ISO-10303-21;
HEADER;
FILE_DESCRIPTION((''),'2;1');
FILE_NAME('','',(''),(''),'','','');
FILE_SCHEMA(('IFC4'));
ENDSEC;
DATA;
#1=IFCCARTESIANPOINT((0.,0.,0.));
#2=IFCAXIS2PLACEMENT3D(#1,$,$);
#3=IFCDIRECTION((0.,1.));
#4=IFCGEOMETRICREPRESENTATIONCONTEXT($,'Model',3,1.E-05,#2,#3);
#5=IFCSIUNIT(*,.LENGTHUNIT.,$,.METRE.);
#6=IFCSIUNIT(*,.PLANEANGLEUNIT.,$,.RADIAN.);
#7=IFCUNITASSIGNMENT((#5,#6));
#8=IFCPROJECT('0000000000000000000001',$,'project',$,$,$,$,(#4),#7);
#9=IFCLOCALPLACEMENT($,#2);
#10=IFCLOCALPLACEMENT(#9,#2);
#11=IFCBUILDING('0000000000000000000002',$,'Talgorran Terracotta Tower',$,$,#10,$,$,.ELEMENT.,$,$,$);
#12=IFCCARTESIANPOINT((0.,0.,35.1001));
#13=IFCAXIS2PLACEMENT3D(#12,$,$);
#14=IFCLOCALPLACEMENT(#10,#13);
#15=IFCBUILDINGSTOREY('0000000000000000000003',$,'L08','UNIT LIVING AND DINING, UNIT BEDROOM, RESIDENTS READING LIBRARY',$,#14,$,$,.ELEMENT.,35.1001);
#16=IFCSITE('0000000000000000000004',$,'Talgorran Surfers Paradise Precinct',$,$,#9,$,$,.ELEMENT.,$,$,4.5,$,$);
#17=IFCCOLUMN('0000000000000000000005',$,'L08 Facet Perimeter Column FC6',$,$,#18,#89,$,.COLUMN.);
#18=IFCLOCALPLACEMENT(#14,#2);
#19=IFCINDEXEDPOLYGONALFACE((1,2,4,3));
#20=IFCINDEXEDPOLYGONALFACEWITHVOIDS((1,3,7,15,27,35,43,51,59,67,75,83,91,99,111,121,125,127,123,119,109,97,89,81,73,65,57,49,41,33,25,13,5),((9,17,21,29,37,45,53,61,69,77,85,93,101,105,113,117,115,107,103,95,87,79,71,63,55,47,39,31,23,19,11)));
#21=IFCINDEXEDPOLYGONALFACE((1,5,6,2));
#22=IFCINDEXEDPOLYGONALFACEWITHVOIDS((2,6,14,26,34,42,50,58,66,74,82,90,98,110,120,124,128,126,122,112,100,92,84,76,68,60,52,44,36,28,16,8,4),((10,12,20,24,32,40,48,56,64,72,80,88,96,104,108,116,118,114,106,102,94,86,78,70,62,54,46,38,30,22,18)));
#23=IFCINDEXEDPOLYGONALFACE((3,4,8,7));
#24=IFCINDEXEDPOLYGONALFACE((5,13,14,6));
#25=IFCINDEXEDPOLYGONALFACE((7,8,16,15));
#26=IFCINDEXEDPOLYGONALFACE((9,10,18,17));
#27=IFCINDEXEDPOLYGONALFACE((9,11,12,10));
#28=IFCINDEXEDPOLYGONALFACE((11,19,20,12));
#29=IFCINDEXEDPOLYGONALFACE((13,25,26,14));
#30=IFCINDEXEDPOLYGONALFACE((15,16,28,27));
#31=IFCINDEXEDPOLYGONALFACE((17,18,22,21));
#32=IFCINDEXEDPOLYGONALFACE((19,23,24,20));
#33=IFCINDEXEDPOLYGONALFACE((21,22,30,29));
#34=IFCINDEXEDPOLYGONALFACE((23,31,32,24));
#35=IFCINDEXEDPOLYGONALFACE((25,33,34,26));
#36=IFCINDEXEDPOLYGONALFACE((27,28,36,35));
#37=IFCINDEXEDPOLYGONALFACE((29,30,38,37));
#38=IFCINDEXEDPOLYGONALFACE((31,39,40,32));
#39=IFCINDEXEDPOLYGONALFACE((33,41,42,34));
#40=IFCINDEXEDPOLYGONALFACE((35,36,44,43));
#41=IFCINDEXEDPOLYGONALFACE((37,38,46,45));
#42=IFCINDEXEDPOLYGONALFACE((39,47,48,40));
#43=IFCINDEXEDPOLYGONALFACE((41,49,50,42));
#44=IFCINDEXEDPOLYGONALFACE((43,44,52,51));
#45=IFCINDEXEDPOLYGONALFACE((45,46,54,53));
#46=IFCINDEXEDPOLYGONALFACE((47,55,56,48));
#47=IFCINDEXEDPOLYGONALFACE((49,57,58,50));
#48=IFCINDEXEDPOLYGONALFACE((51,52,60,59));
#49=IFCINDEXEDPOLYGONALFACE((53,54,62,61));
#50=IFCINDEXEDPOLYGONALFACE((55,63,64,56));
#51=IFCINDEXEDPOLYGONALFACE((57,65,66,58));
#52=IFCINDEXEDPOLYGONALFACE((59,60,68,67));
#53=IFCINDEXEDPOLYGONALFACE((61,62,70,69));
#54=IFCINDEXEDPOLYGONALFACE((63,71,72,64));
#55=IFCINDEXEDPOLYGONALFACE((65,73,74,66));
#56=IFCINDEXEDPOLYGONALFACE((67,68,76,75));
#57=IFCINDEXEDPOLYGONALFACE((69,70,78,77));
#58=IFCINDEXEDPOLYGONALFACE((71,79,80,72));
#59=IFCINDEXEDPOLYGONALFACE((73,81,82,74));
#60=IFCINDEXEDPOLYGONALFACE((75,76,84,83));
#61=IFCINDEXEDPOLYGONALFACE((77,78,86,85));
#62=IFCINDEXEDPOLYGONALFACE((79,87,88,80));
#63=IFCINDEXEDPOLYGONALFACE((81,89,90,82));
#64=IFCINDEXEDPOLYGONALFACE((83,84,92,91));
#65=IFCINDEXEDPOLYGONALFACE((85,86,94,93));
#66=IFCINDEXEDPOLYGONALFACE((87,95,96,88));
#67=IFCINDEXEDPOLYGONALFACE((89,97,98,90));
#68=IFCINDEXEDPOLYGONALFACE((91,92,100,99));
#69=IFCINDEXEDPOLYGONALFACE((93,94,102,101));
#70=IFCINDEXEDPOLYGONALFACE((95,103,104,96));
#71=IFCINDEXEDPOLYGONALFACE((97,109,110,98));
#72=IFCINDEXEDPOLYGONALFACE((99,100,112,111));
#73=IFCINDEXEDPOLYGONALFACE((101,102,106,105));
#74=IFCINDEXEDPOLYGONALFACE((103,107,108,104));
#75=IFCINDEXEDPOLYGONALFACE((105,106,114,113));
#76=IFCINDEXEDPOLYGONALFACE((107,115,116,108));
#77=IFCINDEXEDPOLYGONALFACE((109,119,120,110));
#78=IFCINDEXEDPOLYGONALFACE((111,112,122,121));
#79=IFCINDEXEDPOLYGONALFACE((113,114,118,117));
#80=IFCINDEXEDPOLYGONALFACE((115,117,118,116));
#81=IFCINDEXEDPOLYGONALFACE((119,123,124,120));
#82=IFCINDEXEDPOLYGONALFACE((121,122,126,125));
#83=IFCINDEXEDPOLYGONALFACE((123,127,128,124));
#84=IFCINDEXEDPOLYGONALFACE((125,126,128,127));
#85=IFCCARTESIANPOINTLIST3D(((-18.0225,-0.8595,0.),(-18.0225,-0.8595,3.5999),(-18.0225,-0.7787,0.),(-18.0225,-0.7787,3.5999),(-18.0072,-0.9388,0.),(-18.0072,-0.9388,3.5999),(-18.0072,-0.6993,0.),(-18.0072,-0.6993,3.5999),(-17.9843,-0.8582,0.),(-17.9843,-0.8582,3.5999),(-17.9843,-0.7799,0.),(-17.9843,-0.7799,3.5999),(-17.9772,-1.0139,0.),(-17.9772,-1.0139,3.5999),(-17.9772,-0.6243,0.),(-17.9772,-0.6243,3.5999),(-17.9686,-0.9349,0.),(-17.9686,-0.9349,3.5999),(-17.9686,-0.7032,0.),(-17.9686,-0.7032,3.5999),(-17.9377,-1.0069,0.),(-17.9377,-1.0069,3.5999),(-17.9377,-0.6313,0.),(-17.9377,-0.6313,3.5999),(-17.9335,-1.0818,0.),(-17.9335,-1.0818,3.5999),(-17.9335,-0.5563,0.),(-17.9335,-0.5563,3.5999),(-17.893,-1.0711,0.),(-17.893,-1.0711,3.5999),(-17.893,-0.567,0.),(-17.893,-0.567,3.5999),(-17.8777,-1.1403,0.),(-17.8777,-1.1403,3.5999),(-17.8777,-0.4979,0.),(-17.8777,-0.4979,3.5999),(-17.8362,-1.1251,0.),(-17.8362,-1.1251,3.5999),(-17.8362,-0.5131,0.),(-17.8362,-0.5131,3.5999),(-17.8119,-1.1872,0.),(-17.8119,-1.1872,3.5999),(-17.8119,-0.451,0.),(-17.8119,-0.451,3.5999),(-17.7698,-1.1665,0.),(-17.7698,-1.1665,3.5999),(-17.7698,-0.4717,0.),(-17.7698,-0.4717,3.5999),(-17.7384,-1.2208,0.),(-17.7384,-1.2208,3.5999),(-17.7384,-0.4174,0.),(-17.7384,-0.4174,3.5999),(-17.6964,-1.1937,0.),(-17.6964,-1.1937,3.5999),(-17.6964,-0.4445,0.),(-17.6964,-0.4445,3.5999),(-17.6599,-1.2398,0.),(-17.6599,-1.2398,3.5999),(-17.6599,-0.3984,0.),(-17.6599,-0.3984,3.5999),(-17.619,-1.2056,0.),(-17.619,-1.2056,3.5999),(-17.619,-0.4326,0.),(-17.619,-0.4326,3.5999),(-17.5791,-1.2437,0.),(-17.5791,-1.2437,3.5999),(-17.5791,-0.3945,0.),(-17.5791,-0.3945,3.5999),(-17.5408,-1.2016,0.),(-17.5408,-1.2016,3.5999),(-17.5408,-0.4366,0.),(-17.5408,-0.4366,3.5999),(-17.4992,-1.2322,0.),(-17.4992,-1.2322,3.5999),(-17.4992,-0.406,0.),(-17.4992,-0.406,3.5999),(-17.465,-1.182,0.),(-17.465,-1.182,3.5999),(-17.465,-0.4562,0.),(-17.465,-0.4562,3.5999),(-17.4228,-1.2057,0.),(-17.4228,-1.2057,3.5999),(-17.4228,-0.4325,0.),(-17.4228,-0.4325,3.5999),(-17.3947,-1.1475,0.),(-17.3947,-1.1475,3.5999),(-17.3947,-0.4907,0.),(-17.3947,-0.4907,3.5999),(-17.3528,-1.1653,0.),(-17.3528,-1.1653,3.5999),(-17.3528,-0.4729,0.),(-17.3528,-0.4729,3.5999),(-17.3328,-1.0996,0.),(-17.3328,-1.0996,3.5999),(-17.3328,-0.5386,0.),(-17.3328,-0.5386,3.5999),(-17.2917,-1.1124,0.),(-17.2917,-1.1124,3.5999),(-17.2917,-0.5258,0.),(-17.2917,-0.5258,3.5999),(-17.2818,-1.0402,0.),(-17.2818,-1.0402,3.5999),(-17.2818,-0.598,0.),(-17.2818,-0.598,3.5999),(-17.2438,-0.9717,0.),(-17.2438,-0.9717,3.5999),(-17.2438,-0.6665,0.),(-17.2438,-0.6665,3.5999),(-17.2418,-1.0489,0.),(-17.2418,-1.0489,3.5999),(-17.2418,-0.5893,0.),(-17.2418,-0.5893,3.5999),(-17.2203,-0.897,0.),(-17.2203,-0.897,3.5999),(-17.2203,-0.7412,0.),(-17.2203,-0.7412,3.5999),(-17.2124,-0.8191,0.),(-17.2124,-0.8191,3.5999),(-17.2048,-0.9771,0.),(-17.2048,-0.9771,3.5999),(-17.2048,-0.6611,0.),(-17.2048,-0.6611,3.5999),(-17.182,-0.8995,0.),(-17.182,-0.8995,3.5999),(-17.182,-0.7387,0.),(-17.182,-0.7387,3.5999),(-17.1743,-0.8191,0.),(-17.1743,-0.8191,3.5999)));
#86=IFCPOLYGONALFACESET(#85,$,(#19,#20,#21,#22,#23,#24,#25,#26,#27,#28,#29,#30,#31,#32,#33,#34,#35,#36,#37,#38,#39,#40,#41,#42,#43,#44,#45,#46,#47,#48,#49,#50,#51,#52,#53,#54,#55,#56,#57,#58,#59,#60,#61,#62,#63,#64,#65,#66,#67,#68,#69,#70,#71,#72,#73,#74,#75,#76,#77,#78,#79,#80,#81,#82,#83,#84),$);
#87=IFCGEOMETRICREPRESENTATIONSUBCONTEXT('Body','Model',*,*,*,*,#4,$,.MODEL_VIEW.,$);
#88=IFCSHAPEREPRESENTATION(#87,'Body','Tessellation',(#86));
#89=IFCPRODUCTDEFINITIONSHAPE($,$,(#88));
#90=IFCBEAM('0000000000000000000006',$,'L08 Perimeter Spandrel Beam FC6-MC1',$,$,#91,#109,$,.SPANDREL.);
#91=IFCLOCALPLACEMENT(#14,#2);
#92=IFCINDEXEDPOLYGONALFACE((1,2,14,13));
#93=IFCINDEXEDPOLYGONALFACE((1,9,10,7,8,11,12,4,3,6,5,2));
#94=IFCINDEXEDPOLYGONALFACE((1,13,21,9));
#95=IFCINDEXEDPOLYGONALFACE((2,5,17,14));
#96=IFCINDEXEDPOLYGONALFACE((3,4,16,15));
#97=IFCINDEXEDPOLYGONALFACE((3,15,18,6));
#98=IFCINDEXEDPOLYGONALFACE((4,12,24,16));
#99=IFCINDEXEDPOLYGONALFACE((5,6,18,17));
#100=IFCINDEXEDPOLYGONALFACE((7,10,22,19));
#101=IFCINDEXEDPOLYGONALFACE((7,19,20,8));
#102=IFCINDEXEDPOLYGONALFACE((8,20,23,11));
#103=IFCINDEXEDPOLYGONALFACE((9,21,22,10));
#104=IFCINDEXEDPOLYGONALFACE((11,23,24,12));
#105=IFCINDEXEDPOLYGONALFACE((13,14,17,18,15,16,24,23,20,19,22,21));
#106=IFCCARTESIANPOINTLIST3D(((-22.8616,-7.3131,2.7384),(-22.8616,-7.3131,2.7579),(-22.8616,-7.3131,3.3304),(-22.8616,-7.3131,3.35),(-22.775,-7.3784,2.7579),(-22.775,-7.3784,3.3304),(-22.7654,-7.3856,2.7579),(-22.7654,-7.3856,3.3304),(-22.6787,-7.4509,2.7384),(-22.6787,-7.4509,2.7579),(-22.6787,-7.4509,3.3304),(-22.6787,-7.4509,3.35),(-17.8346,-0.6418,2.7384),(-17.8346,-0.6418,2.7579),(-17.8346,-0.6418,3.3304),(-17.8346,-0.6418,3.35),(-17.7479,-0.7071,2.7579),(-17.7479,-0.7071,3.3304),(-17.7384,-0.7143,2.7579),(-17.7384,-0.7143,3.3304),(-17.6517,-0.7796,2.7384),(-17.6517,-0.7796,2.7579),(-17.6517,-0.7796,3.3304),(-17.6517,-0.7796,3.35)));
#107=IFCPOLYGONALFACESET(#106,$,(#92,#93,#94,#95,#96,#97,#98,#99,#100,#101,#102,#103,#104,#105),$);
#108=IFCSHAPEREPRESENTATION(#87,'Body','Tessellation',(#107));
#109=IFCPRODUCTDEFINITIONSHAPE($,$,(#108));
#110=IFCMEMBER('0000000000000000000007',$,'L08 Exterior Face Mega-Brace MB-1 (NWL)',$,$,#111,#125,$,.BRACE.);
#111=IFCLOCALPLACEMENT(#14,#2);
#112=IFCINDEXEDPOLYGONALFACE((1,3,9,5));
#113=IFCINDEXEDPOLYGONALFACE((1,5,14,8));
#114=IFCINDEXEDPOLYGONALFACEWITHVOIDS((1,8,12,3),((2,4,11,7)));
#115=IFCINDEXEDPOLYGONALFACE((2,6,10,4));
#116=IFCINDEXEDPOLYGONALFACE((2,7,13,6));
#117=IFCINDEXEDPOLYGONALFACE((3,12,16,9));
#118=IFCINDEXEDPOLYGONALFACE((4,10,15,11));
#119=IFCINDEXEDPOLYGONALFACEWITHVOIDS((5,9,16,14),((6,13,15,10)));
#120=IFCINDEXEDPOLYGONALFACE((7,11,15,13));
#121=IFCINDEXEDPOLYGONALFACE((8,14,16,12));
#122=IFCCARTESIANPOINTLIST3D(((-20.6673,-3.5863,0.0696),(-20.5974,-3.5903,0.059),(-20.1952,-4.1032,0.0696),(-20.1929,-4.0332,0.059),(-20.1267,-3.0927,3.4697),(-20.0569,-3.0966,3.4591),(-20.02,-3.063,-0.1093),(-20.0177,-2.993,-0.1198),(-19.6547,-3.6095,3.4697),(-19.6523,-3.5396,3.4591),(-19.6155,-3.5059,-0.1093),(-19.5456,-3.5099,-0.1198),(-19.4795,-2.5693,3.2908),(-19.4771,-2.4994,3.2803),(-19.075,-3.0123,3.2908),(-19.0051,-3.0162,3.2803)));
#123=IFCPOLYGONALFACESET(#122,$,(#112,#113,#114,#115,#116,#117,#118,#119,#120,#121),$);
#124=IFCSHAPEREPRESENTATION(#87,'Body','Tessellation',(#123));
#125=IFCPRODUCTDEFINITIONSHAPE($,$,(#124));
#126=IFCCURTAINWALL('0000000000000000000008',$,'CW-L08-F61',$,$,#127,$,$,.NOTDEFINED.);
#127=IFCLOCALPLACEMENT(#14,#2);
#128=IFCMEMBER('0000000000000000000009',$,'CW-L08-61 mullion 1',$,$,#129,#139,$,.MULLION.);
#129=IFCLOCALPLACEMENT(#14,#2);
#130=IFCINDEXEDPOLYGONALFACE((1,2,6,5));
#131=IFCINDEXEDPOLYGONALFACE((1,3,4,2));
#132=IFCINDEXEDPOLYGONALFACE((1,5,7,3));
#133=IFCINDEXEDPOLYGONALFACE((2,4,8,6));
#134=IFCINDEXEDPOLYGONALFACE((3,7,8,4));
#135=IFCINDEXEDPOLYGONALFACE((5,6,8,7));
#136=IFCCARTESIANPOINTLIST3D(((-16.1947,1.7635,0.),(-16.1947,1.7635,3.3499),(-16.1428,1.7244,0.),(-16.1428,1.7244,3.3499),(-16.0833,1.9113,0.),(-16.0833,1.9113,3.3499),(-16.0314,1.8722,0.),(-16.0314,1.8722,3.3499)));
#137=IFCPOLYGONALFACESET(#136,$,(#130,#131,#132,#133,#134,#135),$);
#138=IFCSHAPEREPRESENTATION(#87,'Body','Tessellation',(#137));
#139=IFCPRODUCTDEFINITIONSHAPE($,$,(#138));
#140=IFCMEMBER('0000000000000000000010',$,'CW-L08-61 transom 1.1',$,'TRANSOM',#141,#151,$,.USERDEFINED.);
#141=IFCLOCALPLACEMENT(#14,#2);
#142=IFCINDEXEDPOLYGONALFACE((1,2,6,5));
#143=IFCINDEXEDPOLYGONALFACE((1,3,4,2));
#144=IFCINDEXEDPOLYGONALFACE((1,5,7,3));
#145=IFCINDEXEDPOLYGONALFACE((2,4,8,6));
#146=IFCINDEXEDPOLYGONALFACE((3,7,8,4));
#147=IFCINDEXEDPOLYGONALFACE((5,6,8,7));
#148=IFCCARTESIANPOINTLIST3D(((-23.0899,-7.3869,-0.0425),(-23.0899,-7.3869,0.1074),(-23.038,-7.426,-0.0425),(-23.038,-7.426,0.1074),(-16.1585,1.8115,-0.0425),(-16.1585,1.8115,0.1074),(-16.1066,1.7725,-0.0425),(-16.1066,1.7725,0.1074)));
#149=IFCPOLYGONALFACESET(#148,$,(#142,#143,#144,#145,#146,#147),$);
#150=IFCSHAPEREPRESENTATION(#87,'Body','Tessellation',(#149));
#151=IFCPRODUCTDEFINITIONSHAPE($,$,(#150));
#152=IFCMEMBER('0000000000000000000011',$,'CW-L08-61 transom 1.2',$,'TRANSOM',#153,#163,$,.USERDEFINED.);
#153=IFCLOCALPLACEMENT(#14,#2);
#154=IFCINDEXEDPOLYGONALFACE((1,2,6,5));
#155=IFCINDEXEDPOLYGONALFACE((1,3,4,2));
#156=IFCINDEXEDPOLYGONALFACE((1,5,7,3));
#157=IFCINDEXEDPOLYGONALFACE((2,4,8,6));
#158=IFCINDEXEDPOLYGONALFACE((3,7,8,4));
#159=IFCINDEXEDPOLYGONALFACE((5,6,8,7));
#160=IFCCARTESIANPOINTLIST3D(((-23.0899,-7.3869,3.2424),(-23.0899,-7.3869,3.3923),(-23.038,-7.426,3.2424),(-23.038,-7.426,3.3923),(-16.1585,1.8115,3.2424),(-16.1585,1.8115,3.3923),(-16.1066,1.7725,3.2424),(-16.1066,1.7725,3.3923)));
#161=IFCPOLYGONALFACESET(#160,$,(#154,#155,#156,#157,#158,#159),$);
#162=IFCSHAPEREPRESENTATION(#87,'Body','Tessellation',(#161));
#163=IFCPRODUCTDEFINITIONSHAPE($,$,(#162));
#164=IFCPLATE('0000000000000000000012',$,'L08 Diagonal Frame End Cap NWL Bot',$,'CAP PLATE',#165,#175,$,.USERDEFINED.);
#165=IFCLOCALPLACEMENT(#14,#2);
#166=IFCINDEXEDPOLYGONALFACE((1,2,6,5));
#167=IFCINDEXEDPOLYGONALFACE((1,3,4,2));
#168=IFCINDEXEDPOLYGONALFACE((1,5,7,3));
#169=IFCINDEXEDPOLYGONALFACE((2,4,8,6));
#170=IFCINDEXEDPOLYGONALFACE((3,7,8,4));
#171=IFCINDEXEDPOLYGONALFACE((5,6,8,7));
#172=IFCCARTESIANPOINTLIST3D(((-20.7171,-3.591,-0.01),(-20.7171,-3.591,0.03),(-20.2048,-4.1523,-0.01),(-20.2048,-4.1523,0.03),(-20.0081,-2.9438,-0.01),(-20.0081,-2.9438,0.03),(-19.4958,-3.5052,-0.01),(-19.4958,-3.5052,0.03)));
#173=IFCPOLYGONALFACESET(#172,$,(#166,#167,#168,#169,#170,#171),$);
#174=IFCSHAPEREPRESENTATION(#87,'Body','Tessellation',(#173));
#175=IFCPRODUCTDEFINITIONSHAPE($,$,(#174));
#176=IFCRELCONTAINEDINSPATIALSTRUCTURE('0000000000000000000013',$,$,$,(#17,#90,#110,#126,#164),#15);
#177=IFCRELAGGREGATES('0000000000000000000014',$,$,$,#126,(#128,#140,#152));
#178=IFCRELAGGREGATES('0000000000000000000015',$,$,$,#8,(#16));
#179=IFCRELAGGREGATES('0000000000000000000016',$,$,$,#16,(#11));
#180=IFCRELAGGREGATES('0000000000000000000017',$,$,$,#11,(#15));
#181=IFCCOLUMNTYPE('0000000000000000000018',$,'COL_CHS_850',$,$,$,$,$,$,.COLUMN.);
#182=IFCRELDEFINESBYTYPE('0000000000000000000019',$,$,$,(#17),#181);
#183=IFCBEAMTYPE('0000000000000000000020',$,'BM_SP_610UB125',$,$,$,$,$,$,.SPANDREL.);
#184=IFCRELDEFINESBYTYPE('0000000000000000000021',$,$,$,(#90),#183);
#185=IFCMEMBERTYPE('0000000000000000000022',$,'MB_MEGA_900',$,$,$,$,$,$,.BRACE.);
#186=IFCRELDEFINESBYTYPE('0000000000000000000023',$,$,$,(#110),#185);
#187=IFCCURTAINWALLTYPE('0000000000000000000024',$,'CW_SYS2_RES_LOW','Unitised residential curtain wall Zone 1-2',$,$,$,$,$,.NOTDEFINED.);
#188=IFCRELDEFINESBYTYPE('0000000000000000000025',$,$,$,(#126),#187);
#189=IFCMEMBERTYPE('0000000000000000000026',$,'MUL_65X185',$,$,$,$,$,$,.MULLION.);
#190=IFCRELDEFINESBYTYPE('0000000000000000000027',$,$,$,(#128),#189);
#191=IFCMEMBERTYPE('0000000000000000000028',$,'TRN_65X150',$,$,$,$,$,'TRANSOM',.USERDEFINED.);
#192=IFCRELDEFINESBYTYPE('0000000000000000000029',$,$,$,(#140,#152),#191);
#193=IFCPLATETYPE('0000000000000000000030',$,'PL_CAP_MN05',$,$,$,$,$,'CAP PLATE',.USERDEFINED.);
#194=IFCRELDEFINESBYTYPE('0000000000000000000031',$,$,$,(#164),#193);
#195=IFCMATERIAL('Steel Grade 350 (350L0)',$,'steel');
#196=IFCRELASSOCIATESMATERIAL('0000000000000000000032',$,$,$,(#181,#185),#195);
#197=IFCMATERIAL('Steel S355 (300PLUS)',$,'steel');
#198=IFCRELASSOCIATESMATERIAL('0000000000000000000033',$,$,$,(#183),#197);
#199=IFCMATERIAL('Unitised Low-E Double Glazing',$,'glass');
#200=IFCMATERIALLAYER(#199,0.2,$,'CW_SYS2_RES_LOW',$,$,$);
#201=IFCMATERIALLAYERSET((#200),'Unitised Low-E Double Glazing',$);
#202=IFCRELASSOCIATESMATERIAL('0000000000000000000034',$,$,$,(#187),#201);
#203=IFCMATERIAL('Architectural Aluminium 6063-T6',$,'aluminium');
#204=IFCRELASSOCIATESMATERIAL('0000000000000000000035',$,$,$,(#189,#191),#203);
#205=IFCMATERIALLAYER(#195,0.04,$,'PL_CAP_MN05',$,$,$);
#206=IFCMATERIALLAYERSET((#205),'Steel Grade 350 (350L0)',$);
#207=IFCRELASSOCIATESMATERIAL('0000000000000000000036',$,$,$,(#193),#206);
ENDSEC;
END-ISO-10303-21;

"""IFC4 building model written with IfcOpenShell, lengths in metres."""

from ifc_helpers import new_model, si_unit, direction, frame, origin, origin_2d, place, context, subcontext, project, spatial, rectangle, hollow_rectangle, hollow_circle, i_section, extrude, material, layer, layer_set, material_profile, profile_set, type_object, element, aggregate, save


model = new_model("IFC4")

# Units and contexts
model_context = context("Model", 3, precision=1e-05, world=origin(), true_north=direction((0.0, 1.0)))
body_context = subcontext(model_context, "Body", "Model", "MODEL_VIEW")
ifc_project = project(units=[si_unit("LENGTHUNIT", "METRE"), si_unit("PLANEANGLEUNIT", "RADIAN")], contexts=[model_context])

# Site, building, storey
site_placement = place(None, origin())
site = spatial("IfcSite", under=ifc_project, at=site_placement, Name="Talgorran Surfers Paradise Precinct", CompositionType="ELEMENT", RefElevation=4.5)
building_placement = place(site_placement, origin())
building = spatial("IfcBuilding", under=site, at=building_placement, Name="Talgorran Terracotta Tower", CompositionType="ELEMENT")
storey_placement = place(building_placement, frame((0.0, 0.0, 35.1001)))
storey = spatial("IfcBuildingStorey", under=building, at=storey_placement, Name="L08", Description="UNIT LIVING AND DINING, UNIT BEDROOM, RESIDENTS READING LIBRARY", CompositionType="ELEMENT", Elevation=35.1001)

# Column
ifc_material_1 = material(Name="Steel Grade 350 (350L0)", Category="steel")
ifc_material_profile_1 = material_profile(ifc_material_1, hollow_circle(Radius=0.425, WallThickness=0.0381, at=origin_2d()), Name="CHS850X38")
ifc_profile_set_1 = profile_set([ifc_material_profile_1], Name="Steel Grade 350 (350L0)")
column_type = type_object("IfcColumnType", Name="COL_CHS_850", PredefinedType="COLUMN", material=ifc_profile_set_1)
column_placement = place(storey_placement, frame((-17.5994, -0.8191, 0.0), z_axis=(0.0, 0.0, 1.0), x_axis=(1.0, 0.0, 0.0)))
element("IfcColumn", 1, at=column_placement, inside=storey, type_object=column_type, Name="L08 Facet Perimeter Column FC6", PredefinedType="COLUMN", context=body_context, shape_type="SweptSolid", body=[
    extrude(hollow_circle(Radius=0.425, WallThickness=0.0381, at=origin_2d()), origin(), (0.0, 0.0, 1.0), 3.5999),
])

# Beam
ifc_material_2 = material(Name="Steel S355 (300PLUS)", Category="steel")
ifc_material_profile_2 = material_profile(ifc_material_2, i_section(OverallWidth=0.229, OverallDepth=0.6116, WebThickness=0.012, FlangeThickness=0.0195, at=origin_2d()), Name="610UB125")
ifc_profile_set_2 = profile_set([ifc_material_profile_2], Name="Steel S355 (300PLUS)")
beam_type = type_object("IfcBeamType", Name="BM_SP_610UB125", PredefinedType="SPANDREL", material=ifc_profile_set_2)
beam_placement = place(storey_placement, frame((-17.7432, -0.7107, 3.0442), z_axis=(-0.601804, -0.798644, 0.0), x_axis=(0.798644, -0.601804, 0.0)))
element("IfcBeam", 2, at=beam_placement, inside=storey, type_object=beam_type, Name="L08 Perimeter Spandrel Beam FC6-MC1", PredefinedType="SPANDREL", context=body_context, shape_type="SweptSolid", body=[
    extrude(i_section(OverallWidth=0.229, OverallDepth=0.6116, WebThickness=0.012, FlangeThickness=0.0195, at=origin_2d()), origin(), (0.0, 0.0, 1.0), 8.3533),
])

# Member
ifc_material_profile_3 = material_profile(ifc_material_1, hollow_rectangle(XDim=0.7, YDim=0.8999, WallThickness=0.05, at=origin_2d()), Name="WBOX900X700X50")
ifc_profile_set_3 = profile_set([ifc_material_profile_3], Name="Steel Grade 350 (350L0)")
member_type_1 = type_object("IfcMemberType", Name="MB_MEGA_900", PredefinedType="BRACE", material=ifc_profile_set_3)
member_1_placement = place(storey_placement, frame((-20.1064, -3.5481, -0.0251), z_axis=(0.155411, 0.141933, 0.9776), x_axis=(-0.674364, 0.738399, 0.0)))
element("IfcMember", 3, at=member_1_placement, inside=storey, type_object=member_type_1, Name="L08 Exterior Face Mega-Brace MB-1 (NWL)", PredefinedType="BRACE", context=body_context, shape_type="SweptSolid", body=[
    extrude(hollow_rectangle(XDim=0.7, YDim=0.8999, WallThickness=0.05, at=origin_2d()), origin(), (0.0, 0.0, 1.0), 3.478),
])

# Curtain wall, members
ifc_material_3 = material(Name="Unitised Low-E Double Glazing", Category="glass")
ifc_layer_1 = layer(ifc_material_3, 0.2, Name="CW_SYS2_RES_LOW")
ifc_layer_set_1 = layer_set([ifc_layer_1], Name="Unitised Low-E Double Glazing")
curtain_wall_type = type_object("IfcCurtainWallType", Name="CW_SYS2_RES_LOW", Description="Unitised residential curtain wall Zone 1-2", PredefinedType="NOTDEFINED", material=ifc_layer_set_1)
curtain_wall_placement = place(storey_placement, origin())
curtain_wall = element("IfcCurtainWall", 4, at=curtain_wall_placement, inside=storey, type_object=curtain_wall_type, Name="CW-L08-F61", PredefinedType="NOTDEFINED")
ifc_material_4 = material(Name="Architectural Aluminium 6063-T6", Category="aluminium")
ifc_material_profile_4 = material_profile(ifc_material_4, rectangle(XDim=0.0649, YDim=0.1851, at=origin_2d()), Name="CWM65X185")
ifc_profile_set_4 = profile_set([ifc_material_profile_4], Name="Architectural Aluminium 6063-T6")
member_type_2 = type_object("IfcMemberType", Name="MUL_65X185", PredefinedType="MULLION", material=ifc_profile_set_4)
member_2_placement = place(storey_placement, frame((-16.113, 1.8179, 0.0), z_axis=(0.0, 0.0, 1.0), x_axis=(0.798639, -0.60181, 0.0)))
member_2 = element("IfcMember", 5, at=member_2_placement, type_object=member_type_2, Name="CW-L08-61 mullion 1", PredefinedType="MULLION", context=body_context, shape_type="SweptSolid", body=[
    extrude(rectangle(XDim=0.0649, YDim=0.1851, at=origin_2d()), origin(), (0.0, 0.0, 1.0), 3.3499),
])
ifc_material_profile_5 = material_profile(ifc_material_4, rectangle(XDim=0.0649, YDim=0.1499, at=origin_2d()), Name="CWT65X150")
ifc_profile_set_5 = profile_set([ifc_material_profile_5], Name="Architectural Aluminium 6063-T6")
member_type_3 = type_object("IfcMemberType", Name="TRN_65X150", ElementType="TRANSOM", PredefinedType="USERDEFINED", material=ifc_profile_set_5)
member_3_placement = place(storey_placement, frame((-16.1326, 1.792, 0.0325), z_axis=(-0.601806, -0.798642, 0.0), x_axis=(0.798642, -0.601806, 0.0)))
member_3 = element("IfcMember", 6, at=member_3_placement, type_object=member_type_3, Name="CW-L08-61 transom 1.1", ObjectType="TRANSOM", PredefinedType="USERDEFINED", context=body_context, shape_type="SweptSolid", body=[
    extrude(rectangle(XDim=0.0649, YDim=0.1499, at=origin_2d()), origin(), (0.0, 0.0, 1.0), 11.5176),
])
member_4_placement = place(storey_placement, frame((-16.1326, 1.792, 3.3174), z_axis=(-0.601806, -0.798642, 0.0), x_axis=(0.798642, -0.601806, 0.0)))
member_4 = element("IfcMember", 7, at=member_4_placement, type_object=member_type_3, Name="CW-L08-61 transom 1.2", ObjectType="TRANSOM", PredefinedType="USERDEFINED", context=body_context, shape_type="SweptSolid", body=[
    extrude(rectangle(XDim=0.0649, YDim=0.1499, at=origin_2d()), origin(), (0.0, 0.0, 1.0), 11.5176),
])

# Plate
ifc_layer_2 = layer(ifc_material_1, 0.04, Name="PL_CAP_MN05")
ifc_layer_set_2 = layer_set([ifc_layer_2], Name="Steel Grade 350 (350L0)")
plate_type_1 = type_object("IfcPlateType", Name="PL_CAP_MN05", ElementType="CAP PLATE", PredefinedType="USERDEFINED", material=ifc_layer_set_2)
plate_1_placement = place(storey_placement, frame((-20.1064, -3.5481, -0.01), z_axis=(0.0, 0.0, 1.0), x_axis=(0.738573, 0.674173, 0.0)))
element("IfcPlate", 8, at=plate_1_placement, inside=storey, type_object=plate_type_1, Name="L08 Diagonal Frame End Cap NWL Bot", ObjectType="CAP PLATE", PredefinedType="USERDEFINED", context=body_context, shape_type="SweptSolid", body=[
    extrude(rectangle(XDim=0.96, YDim=0.76, at=origin_2d()), origin(), (0.0, 0.0, 1.0), 0.04),
])

aggregate(curtain_wall, [member_2, member_3, member_4])

save(model, "model.ifc")
